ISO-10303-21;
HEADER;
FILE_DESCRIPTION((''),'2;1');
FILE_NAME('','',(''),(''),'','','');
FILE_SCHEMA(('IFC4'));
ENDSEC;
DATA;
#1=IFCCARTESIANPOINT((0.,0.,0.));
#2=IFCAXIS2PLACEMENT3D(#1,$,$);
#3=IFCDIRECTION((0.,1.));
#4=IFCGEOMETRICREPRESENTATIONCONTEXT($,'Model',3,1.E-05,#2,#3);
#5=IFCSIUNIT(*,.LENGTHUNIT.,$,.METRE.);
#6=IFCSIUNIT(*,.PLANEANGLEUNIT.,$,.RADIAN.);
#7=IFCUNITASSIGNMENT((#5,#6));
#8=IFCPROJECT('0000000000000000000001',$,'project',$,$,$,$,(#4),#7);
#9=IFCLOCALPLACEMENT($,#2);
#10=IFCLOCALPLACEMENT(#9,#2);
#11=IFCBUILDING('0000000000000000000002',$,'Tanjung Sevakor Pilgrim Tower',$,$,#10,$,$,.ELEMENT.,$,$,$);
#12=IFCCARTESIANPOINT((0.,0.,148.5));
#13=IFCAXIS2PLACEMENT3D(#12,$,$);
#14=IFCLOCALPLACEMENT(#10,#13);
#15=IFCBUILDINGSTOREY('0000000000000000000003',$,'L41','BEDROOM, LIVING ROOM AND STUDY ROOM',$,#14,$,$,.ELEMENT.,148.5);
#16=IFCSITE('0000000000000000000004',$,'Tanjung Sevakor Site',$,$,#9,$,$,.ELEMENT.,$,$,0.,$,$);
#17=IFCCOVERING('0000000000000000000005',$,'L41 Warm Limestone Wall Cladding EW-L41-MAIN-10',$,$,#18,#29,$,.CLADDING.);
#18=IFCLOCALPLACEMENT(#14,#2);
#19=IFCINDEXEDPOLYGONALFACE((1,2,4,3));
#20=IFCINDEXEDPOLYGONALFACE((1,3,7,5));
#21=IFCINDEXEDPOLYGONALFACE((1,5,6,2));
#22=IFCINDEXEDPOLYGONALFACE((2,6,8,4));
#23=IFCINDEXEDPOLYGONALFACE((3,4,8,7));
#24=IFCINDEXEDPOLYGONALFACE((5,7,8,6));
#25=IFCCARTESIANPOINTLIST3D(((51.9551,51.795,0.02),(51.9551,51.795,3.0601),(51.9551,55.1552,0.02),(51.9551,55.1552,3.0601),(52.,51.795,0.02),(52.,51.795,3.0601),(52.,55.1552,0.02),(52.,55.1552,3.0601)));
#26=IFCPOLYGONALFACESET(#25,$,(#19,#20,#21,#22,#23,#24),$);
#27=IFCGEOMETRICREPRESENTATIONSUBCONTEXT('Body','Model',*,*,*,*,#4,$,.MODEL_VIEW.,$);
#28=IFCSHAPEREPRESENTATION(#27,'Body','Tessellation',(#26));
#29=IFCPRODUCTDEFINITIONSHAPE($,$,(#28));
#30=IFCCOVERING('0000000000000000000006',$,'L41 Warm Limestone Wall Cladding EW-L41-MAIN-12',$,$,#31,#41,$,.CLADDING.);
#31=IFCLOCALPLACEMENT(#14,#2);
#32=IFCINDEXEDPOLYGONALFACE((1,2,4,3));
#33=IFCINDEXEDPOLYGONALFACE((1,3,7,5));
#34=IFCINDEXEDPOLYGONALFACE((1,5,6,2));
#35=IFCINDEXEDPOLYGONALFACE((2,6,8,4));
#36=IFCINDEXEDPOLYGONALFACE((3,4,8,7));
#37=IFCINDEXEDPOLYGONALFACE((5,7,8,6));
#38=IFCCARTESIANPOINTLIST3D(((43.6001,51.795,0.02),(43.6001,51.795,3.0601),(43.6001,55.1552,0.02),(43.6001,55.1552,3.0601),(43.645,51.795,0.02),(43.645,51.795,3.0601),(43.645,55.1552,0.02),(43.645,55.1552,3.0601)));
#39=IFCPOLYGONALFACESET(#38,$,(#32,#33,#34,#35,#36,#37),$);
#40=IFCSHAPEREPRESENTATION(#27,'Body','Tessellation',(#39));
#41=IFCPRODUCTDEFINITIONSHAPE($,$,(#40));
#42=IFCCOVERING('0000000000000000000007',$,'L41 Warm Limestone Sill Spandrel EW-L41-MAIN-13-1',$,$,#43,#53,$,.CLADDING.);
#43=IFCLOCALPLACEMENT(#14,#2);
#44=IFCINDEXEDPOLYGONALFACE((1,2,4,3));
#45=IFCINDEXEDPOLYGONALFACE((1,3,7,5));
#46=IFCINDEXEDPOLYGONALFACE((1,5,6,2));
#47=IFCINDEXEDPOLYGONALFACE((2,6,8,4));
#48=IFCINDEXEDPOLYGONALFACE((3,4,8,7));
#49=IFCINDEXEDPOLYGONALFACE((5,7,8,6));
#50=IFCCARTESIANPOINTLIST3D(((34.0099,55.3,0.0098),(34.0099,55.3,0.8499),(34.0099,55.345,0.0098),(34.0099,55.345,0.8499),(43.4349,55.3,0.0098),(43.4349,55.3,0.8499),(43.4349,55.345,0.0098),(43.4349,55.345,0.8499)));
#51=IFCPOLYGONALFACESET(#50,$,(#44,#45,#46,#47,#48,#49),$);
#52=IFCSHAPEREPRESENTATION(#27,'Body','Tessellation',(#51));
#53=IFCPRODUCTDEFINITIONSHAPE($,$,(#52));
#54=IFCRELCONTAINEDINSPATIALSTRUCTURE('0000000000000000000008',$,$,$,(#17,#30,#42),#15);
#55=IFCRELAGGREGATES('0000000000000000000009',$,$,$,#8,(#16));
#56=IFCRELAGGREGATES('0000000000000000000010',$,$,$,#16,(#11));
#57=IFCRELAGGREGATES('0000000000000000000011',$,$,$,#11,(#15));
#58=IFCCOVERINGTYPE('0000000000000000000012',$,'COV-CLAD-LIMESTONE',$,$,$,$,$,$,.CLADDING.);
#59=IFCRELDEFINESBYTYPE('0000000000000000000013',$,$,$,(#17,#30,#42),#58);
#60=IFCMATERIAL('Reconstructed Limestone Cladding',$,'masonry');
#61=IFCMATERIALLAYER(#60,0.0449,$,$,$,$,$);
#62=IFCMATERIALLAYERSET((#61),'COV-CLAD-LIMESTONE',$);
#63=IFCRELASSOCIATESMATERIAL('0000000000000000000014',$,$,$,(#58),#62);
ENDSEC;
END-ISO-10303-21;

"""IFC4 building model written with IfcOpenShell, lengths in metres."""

from ifc_helpers import new_model, si_unit, direction, frame, origin, origin_2d, place, context, subcontext, project, spatial, rectangle, extrude, material, layer, layer_set, type_object, element, save


model = new_model("IFC4")

# Units and contexts
model_context = context("Model", 3, precision=1e-05, world=origin(), true_north=direction((0.0, 1.0)))
body_context = subcontext(model_context, "Body", "Model", "MODEL_VIEW")
ifc_project = project(units=[si_unit("LENGTHUNIT", "METRE"), si_unit("PLANEANGLEUNIT", "RADIAN")], contexts=[model_context])

# Site, building, storey
site_placement = place(None, origin())
site = spatial("IfcSite", under=ifc_project, at=site_placement, Name="Tanjung Sevakor Site", CompositionType="ELEMENT", RefElevation=0.0)
building_placement = place(site_placement, origin())
building = spatial("IfcBuilding", under=site, at=building_placement, Name="Tanjung Sevakor Pilgrim Tower", CompositionType="ELEMENT")
storey_placement = place(building_placement, frame((0.0, 0.0, 148.5)))
storey = spatial("IfcBuildingStorey", under=building, at=storey_placement, Name="L41", Description="BEDROOM, LIVING ROOM AND STUDY ROOM", CompositionType="ELEMENT", Elevation=148.5)

# Coverings
ifc_material_1 = material(Name="Reconstructed Limestone Cladding", Category="masonry")
ifc_layer_1 = layer(ifc_material_1, 0.0449)
ifc_layer_set_1 = layer_set([ifc_layer_1], Name="COV-CLAD-LIMESTONE")
covering_type = type_object("IfcCoveringType", Name="COV-CLAD-LIMESTONE", PredefinedType="CLADDING", material=ifc_layer_set_1)
for number, where, z_axis, x_axis, name in (
    (1, (51.9775, 53.4751, 0.02), (0.0, 0.0, 1.0), (0.0, -1.0, 0.0), "L41 Warm Limestone Wall Cladding EW-L41-MAIN-10"),
    (2, (43.6226, 53.4751, 0.02), (0.0, 0.0, 1.0), (0.0, 1.0, 0.0), "L41 Warm Limestone Wall Cladding EW-L41-MAIN-12"),
):
    element("IfcCovering", number, at=place(storey_placement, frame(where, z_axis=z_axis, x_axis=x_axis)), inside=storey, type_object=covering_type, Name=name, PredefinedType="CLADDING", context=body_context, shape_type="SweptSolid", body=[
        extrude(rectangle(XDim=3.3601, YDim=0.0449, at=origin_2d()), origin(), (0.0, 0.0, 1.0), 3.04),
    ])
covering_placement = place(storey_placement, frame((38.7224, 55.3225, 0.0098), z_axis=(0.0, 0.0, 1.0), x_axis=(-1.0, 0.0, 0.0)))
element("IfcCovering", 3, at=covering_placement, inside=storey, type_object=covering_type, Name="L41 Warm Limestone Sill Spandrel EW-L41-MAIN-13-1", PredefinedType="CLADDING", context=body_context, shape_type="SweptSolid", body=[
    extrude(rectangle(XDim=9.425, YDim=0.0449, at=origin_2d()), origin(), (0.0, 0.0, 1.0), 0.8401),
])

save(model, "model.ifc")
